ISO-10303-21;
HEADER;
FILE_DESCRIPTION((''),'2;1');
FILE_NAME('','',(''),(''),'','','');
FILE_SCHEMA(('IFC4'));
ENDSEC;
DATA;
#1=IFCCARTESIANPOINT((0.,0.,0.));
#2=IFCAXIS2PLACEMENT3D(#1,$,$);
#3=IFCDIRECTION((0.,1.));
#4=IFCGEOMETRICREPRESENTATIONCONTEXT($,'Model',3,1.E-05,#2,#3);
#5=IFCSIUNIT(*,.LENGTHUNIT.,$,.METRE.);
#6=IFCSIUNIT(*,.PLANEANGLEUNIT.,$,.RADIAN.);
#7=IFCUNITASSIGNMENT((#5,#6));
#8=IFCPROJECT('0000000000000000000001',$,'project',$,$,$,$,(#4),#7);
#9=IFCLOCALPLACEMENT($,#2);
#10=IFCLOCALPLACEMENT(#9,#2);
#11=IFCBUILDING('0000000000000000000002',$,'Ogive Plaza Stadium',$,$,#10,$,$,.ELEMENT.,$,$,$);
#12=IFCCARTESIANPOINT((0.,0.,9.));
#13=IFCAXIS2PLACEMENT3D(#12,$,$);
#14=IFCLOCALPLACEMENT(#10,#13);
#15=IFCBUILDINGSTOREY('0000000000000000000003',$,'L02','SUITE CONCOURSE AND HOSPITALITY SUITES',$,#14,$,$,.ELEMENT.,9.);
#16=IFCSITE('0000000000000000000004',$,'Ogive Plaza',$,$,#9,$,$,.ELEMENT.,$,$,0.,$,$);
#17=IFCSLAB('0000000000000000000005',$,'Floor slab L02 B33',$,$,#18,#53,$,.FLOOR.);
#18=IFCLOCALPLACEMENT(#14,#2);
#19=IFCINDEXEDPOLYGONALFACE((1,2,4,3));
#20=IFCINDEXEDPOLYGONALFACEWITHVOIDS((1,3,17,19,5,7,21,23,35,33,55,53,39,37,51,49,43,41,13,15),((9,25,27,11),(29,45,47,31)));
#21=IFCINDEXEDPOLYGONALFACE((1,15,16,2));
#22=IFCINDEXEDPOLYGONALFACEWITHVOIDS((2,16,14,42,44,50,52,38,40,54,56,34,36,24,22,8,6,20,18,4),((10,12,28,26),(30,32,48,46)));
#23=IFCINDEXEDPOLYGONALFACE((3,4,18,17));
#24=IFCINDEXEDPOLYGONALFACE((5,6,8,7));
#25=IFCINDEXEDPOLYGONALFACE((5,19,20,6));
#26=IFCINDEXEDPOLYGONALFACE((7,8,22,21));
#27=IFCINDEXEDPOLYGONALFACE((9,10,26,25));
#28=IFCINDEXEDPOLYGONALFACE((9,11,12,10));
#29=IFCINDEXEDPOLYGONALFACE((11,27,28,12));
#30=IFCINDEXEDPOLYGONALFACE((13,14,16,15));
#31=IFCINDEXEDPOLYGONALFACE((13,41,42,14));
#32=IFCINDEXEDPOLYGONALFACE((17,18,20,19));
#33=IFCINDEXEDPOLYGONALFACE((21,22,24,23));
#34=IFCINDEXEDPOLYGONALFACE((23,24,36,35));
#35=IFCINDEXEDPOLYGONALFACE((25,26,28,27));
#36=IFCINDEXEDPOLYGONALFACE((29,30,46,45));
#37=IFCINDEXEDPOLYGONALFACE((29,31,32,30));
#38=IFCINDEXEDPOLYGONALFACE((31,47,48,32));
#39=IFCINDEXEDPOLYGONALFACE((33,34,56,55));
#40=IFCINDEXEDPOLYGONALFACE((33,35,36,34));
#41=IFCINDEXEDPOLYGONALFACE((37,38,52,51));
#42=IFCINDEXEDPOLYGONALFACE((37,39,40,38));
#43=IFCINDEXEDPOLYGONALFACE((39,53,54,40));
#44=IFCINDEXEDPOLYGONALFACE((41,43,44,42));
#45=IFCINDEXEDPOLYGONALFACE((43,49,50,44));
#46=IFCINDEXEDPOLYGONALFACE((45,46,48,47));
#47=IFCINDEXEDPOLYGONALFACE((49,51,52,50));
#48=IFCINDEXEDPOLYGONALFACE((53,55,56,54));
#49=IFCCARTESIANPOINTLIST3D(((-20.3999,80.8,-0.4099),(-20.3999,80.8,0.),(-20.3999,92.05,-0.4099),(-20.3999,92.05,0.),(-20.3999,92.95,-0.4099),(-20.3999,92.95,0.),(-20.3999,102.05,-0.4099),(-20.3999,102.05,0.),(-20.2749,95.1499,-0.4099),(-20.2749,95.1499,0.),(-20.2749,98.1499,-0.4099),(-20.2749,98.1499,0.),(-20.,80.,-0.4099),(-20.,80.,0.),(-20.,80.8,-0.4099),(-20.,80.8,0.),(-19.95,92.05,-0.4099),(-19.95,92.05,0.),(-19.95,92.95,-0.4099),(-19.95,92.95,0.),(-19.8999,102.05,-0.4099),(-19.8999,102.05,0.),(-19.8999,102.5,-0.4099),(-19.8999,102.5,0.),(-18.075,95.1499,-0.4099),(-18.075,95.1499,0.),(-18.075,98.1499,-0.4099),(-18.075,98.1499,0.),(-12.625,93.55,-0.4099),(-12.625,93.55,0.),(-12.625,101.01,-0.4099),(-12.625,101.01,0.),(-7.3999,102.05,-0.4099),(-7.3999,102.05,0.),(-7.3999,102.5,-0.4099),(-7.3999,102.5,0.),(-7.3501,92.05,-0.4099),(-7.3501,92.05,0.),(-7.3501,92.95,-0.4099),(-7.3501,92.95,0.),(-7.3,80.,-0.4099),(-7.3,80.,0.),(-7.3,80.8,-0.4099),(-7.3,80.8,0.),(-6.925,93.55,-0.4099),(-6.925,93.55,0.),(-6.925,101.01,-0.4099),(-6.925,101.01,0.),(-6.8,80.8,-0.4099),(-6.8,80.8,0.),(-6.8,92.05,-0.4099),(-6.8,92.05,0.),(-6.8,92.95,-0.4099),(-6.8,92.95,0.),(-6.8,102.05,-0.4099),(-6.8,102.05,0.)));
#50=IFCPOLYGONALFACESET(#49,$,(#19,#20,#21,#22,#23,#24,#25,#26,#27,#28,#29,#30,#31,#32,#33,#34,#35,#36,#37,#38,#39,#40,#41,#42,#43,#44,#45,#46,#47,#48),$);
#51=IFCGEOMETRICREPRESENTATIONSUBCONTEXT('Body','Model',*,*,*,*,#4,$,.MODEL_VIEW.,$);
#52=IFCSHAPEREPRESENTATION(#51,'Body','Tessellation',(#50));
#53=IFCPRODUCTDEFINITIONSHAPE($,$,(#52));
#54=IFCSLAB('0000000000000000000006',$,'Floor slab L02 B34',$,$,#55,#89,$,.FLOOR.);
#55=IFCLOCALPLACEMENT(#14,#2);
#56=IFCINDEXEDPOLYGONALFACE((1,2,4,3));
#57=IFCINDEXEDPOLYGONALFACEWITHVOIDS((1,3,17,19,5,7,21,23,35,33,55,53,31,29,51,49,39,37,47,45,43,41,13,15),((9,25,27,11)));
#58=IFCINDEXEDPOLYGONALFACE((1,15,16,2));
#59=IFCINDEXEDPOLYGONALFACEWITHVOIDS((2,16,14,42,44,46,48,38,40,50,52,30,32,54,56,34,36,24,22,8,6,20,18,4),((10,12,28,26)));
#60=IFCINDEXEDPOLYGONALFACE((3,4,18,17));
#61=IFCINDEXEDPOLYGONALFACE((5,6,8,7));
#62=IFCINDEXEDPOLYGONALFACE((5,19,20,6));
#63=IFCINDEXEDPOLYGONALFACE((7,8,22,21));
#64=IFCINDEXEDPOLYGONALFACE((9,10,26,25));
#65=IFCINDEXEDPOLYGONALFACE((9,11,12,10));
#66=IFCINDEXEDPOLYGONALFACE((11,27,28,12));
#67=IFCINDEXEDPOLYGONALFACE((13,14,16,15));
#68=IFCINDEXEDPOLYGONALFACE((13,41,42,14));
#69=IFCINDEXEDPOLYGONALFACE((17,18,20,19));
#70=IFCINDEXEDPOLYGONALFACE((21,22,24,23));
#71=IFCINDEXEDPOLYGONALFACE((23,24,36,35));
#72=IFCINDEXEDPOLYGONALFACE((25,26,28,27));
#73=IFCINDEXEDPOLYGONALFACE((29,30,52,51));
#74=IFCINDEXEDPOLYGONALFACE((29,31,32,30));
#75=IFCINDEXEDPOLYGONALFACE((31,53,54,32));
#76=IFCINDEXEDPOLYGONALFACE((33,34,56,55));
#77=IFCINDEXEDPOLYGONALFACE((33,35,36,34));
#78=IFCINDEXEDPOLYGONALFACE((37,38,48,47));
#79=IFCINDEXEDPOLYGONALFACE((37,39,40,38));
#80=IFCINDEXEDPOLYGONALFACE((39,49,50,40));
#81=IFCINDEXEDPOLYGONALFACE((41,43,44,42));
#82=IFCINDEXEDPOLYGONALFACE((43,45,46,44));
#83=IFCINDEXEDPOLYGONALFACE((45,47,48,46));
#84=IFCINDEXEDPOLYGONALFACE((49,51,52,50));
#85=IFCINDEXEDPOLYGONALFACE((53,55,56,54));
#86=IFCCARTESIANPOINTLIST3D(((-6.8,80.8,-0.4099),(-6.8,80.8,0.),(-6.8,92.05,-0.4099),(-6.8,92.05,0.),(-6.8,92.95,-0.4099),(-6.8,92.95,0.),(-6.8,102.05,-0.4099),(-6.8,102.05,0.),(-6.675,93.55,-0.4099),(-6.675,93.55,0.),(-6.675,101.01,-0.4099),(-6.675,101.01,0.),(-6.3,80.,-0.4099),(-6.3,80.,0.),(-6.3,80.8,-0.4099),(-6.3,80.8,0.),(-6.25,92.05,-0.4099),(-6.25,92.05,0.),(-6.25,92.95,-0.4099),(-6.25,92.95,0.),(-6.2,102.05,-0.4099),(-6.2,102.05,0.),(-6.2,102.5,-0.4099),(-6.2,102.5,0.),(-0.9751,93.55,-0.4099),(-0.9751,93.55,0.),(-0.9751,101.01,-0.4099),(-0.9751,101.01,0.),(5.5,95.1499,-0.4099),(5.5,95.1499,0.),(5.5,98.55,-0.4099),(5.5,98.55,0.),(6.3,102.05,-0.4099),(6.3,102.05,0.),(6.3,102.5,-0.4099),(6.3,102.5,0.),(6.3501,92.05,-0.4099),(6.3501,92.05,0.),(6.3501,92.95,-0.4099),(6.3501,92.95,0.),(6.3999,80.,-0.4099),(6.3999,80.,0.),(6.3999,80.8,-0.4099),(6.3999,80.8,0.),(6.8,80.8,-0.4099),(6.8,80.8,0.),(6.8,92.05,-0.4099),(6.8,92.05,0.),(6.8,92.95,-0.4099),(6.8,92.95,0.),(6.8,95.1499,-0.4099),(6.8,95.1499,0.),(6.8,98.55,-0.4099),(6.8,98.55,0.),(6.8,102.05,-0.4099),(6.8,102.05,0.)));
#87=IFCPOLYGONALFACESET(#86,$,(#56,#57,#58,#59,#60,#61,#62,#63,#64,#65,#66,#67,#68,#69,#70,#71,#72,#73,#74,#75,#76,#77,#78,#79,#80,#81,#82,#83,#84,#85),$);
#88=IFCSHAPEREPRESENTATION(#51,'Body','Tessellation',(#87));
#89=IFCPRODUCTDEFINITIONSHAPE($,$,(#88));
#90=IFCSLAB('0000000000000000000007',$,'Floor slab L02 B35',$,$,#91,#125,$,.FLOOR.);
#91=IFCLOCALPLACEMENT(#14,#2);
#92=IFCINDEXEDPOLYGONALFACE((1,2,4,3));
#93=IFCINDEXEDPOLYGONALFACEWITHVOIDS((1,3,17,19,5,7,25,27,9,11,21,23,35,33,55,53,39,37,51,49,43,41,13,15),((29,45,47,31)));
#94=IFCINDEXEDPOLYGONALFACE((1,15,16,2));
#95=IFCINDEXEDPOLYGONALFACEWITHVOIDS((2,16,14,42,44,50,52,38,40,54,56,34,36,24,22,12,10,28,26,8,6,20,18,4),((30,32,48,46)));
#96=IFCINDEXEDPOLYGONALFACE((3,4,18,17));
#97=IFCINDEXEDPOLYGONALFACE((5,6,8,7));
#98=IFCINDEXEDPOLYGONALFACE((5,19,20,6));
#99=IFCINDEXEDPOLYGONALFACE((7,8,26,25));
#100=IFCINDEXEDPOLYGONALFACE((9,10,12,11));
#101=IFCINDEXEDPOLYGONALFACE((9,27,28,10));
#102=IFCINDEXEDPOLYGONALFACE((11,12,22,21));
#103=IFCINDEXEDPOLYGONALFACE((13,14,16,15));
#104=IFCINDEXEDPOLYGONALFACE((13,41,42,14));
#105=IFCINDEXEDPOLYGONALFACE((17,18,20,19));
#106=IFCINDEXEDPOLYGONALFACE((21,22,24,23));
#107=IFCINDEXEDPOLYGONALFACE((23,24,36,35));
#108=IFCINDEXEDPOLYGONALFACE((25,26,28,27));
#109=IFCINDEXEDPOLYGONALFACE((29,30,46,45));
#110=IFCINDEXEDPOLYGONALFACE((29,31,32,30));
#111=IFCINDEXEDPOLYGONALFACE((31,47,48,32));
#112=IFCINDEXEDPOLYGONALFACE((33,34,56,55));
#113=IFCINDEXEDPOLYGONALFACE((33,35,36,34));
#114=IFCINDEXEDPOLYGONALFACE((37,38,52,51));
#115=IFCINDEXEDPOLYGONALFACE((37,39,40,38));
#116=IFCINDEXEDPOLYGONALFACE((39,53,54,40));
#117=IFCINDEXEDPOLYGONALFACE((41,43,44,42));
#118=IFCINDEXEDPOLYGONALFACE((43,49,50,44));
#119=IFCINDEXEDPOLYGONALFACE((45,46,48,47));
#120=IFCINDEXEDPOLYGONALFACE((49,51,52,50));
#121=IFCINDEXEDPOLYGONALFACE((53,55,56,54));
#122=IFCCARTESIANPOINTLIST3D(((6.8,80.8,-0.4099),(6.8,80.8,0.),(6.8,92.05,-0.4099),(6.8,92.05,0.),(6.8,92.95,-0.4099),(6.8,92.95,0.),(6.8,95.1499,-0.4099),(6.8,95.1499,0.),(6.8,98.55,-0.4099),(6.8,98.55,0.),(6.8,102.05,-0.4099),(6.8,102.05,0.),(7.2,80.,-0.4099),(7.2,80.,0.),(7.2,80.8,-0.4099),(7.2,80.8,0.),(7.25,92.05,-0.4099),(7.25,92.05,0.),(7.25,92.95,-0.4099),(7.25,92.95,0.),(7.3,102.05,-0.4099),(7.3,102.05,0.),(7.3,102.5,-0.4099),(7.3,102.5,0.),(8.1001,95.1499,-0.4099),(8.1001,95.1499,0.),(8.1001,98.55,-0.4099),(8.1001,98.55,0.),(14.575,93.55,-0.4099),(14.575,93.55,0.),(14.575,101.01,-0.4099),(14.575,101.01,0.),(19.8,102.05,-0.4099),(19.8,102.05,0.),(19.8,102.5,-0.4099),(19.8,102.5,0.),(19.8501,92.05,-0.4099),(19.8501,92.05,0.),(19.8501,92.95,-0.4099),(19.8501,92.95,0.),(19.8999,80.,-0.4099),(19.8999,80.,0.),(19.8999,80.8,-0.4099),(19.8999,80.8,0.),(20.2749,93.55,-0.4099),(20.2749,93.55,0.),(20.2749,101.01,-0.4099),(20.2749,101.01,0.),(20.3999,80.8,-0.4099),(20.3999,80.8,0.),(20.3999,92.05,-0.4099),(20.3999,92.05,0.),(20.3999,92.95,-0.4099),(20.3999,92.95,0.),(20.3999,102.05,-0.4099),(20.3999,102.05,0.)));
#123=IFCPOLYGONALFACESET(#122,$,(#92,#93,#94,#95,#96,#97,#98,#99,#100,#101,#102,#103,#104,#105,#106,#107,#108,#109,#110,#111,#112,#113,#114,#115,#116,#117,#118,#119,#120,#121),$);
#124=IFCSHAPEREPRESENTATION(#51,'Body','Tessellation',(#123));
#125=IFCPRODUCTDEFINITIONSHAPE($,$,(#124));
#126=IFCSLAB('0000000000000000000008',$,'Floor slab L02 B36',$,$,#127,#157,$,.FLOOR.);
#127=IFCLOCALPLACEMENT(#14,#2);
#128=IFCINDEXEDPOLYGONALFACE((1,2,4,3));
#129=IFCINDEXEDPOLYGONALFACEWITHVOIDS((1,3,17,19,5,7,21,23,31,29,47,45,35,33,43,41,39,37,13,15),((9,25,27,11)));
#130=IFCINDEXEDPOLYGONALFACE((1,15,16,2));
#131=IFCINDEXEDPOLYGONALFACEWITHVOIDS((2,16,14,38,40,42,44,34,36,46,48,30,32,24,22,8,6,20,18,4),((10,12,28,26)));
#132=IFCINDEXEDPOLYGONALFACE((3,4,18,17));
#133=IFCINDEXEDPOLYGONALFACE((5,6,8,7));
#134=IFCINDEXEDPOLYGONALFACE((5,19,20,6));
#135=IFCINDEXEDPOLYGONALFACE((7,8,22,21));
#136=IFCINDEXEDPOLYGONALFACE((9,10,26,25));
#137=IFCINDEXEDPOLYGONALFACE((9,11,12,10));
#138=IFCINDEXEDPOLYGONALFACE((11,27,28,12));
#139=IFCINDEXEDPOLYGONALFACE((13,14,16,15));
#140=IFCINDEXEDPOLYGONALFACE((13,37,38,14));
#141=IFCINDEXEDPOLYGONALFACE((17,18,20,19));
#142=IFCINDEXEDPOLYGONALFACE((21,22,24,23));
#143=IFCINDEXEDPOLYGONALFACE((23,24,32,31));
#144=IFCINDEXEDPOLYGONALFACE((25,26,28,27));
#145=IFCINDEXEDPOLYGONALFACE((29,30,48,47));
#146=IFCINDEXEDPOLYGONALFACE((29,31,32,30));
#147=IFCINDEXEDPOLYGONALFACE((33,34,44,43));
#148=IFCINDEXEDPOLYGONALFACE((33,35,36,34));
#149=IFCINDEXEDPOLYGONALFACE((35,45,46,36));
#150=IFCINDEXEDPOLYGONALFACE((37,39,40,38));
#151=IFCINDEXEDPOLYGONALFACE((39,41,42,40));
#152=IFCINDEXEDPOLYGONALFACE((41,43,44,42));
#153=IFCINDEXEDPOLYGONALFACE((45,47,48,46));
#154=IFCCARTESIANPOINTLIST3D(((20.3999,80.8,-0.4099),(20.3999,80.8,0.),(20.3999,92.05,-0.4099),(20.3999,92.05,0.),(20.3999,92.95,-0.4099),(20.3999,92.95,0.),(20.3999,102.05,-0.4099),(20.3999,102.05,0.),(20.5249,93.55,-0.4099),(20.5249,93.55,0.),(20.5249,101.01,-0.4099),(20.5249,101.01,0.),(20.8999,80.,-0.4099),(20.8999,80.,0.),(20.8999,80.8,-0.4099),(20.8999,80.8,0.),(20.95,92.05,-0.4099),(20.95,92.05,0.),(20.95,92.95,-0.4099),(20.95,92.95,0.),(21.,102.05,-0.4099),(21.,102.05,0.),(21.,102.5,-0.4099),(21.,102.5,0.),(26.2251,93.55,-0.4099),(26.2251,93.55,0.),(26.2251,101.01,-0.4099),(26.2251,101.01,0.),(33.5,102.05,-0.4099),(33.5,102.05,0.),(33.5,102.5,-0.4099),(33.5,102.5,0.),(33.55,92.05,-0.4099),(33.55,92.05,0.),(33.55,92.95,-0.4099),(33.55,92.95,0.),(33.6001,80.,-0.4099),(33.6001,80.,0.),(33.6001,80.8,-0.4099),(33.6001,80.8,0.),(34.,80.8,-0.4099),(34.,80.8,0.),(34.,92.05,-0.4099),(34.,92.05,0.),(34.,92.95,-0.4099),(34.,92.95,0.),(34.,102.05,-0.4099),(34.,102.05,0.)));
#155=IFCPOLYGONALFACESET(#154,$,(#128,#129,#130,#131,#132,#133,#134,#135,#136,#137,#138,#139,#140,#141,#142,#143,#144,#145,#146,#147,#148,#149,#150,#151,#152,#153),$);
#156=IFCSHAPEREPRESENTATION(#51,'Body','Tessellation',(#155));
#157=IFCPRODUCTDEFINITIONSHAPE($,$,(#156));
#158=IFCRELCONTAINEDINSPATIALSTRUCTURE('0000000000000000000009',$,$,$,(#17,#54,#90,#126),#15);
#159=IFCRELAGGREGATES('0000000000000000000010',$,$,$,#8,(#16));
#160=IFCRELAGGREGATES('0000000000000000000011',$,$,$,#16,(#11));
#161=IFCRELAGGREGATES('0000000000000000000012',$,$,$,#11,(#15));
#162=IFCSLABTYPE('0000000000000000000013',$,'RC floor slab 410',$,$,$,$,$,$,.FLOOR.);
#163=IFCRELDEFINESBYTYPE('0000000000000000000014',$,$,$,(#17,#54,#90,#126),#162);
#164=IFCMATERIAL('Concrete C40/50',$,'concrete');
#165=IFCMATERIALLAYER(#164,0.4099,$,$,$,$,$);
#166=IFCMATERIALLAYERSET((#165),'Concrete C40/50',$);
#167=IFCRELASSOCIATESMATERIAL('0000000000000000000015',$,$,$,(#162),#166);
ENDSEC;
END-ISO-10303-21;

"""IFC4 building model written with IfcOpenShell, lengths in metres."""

from ifc_helpers import new_model, si_unit, direction, frame, origin, place, context, subcontext, project, spatial, polyline, outline, extrude, material, layer, layer_set, type_object, element, save


model = new_model("IFC4")

# Units and contexts
model_context = context("Model", 3, precision=1e-05, world=origin(), true_north=direction((0.0, 1.0)))
body_context = subcontext(model_context, "Body", "Model", "MODEL_VIEW")
ifc_project = project(units=[si_unit("LENGTHUNIT", "METRE"), si_unit("PLANEANGLEUNIT", "RADIAN")], contexts=[model_context])

# Site, building, storey
site_placement = place(None, origin())
site = spatial("IfcSite", under=ifc_project, at=site_placement, Name="Ogive Plaza", CompositionType="ELEMENT", RefElevation=0.0)
building_placement = place(site_placement, origin())
building = spatial("IfcBuilding", under=site, at=building_placement, Name="Ogive Plaza Stadium", CompositionType="ELEMENT")
storey_placement = place(building_placement, frame((0.0, 0.0, 9.0)))
storey = spatial("IfcBuildingStorey", under=building, at=storey_placement, Name="L02", Description="SUITE CONCOURSE AND HOSPITALITY SUITES", CompositionType="ELEMENT", Elevation=9.0)

# Slabs
ifc_material = material(Name="Concrete C40/50", Category="concrete")
ifc_layer = layer(ifc_material, 0.4099)
ifc_layer_set = layer_set([ifc_layer], Name="Concrete C40/50")
slab_type = type_object("IfcSlabType", Name="RC floor slab 410", PredefinedType="FLOOR", material=ifc_layer_set)
slab_1_placement = place(storey_placement, frame((0.0, 0.0, -0.4099)))
element("IfcSlab", 1, at=slab_1_placement, inside=storey, type_object=slab_type, Name="Floor slab L02 B33", PredefinedType="FLOOR", context=body_context, shape_type="SweptSolid", body=[
    extrude(outline(polyline([(-6.8, 92.05), (-7.3501, 92.05), (-7.3501, 92.95), (-6.8, 92.95), (-6.8, 102.05), (-7.3999, 102.05), (-7.3999, 102.5), (-19.8999, 102.5), (-19.8999, 102.05), (-20.3999, 102.05), (-20.3999, 92.95), (-19.95, 92.95), (-19.95, 92.05), (-20.3999, 92.05), (-20.3999, 80.8), (-20.0, 80.8), (-20.0, 80.0), (-7.3, 80.0), (-7.3, 80.8), (-6.8, 80.8), (-6.8, 92.05)]), holes=[polyline([(-20.2749, 95.1499), (-18.075, 95.1499), (-18.075, 98.1499), (-20.2749, 98.1499), (-20.2749, 95.1499)]), polyline([(-12.625, 93.55), (-6.925, 93.55), (-6.925, 101.01), (-12.625, 101.01), (-12.625, 93.55)])]), origin(), (0.0, 0.0, 1.0), 0.4099),
])
slab_2_placement = place(storey_placement, frame((0.0, 0.0, -0.4099)))
element("IfcSlab", 2, at=slab_2_placement, inside=storey, type_object=slab_type, Name="Floor slab L02 B34", PredefinedType="FLOOR", context=body_context, shape_type="SweptSolid", body=[
    extrude(outline(polyline([(6.8, 92.05), (6.3501, 92.05), (6.3501, 92.95), (6.8, 92.95), (6.8, 95.1499), (5.5, 95.1499), (5.5, 98.55), (6.8, 98.55), (6.8, 102.05), (6.3, 102.05), (6.3, 102.5), (-6.2, 102.5), (-6.2, 102.05), (-6.8, 102.05), (-6.8, 92.95), (-6.25, 92.95), (-6.25, 92.05), (-6.8, 92.05), (-6.8, 80.8), (-6.3, 80.8), (-6.3, 80.0), (6.3999, 80.0), (6.3999, 80.8), (6.8, 80.8), (6.8, 92.05)]), holes=[polyline([(-6.675, 93.55), (-0.9751, 93.55), (-0.9751, 101.01), (-6.675, 101.01), (-6.675, 93.55)])]), origin(), (0.0, 0.0, 1.0), 0.4099),
])
slab_3_placement = place(storey_placement, frame((0.0, 0.0, -0.4099)))
element("IfcSlab", 3, at=slab_3_placement, inside=storey, type_object=slab_type, Name="Floor slab L02 B35", PredefinedType="FLOOR", context=body_context, shape_type="SweptSolid", body=[
    extrude(outline(polyline([(20.3999, 92.05), (19.8501, 92.05), (19.8501, 92.95), (20.3999, 92.95), (20.3999, 102.05), (19.8, 102.05), (19.8, 102.5), (7.3, 102.5), (7.3, 102.05), (6.8, 102.05), (6.8, 98.55), (8.1001, 98.55), (8.1001, 95.1499), (6.8, 95.1499), (6.8, 92.95), (7.25, 92.95), (7.25, 92.05), (6.8, 92.05), (6.8, 80.8), (7.2, 80.8), (7.2, 80.0), (19.8999, 80.0), (19.8999, 80.8), (20.3999, 80.8), (20.3999, 92.05)]), holes=[polyline([(14.575, 93.55), (20.2749, 93.55), (20.2749, 101.01), (14.575, 101.01), (14.575, 93.55)])]), origin(), (0.0, 0.0, 1.0), 0.4099),
])
slab_4_placement = place(storey_placement, frame((0.0, 0.0, -0.4099)))
element("IfcSlab", 4, at=slab_4_placement, inside=storey, type_object=slab_type, Name="Floor slab L02 B36", PredefinedType="FLOOR", context=body_context, shape_type="SweptSolid", body=[
    extrude(outline(polyline([(34.0, 92.05), (33.55, 92.05), (33.55, 92.95), (34.0, 92.95), (34.0, 102.05), (33.5, 102.05), (33.5, 102.5), (21.0, 102.5), (21.0, 102.05), (20.3999, 102.05), (20.3999, 92.95), (20.95, 92.95), (20.95, 92.05), (20.3999, 92.05), (20.3999, 80.8), (20.8999, 80.8), (20.8999, 80.0), (33.6001, 80.0), (33.6001, 80.8), (34.0, 80.8), (34.0, 92.05)]), holes=[polyline([(20.5249, 93.55), (26.2251, 93.55), (26.2251, 101.01), (20.5249, 101.01), (20.5249, 93.55)])]), origin(), (0.0, 0.0, 1.0), 0.4099),
])

save(model, "model.ifc")
